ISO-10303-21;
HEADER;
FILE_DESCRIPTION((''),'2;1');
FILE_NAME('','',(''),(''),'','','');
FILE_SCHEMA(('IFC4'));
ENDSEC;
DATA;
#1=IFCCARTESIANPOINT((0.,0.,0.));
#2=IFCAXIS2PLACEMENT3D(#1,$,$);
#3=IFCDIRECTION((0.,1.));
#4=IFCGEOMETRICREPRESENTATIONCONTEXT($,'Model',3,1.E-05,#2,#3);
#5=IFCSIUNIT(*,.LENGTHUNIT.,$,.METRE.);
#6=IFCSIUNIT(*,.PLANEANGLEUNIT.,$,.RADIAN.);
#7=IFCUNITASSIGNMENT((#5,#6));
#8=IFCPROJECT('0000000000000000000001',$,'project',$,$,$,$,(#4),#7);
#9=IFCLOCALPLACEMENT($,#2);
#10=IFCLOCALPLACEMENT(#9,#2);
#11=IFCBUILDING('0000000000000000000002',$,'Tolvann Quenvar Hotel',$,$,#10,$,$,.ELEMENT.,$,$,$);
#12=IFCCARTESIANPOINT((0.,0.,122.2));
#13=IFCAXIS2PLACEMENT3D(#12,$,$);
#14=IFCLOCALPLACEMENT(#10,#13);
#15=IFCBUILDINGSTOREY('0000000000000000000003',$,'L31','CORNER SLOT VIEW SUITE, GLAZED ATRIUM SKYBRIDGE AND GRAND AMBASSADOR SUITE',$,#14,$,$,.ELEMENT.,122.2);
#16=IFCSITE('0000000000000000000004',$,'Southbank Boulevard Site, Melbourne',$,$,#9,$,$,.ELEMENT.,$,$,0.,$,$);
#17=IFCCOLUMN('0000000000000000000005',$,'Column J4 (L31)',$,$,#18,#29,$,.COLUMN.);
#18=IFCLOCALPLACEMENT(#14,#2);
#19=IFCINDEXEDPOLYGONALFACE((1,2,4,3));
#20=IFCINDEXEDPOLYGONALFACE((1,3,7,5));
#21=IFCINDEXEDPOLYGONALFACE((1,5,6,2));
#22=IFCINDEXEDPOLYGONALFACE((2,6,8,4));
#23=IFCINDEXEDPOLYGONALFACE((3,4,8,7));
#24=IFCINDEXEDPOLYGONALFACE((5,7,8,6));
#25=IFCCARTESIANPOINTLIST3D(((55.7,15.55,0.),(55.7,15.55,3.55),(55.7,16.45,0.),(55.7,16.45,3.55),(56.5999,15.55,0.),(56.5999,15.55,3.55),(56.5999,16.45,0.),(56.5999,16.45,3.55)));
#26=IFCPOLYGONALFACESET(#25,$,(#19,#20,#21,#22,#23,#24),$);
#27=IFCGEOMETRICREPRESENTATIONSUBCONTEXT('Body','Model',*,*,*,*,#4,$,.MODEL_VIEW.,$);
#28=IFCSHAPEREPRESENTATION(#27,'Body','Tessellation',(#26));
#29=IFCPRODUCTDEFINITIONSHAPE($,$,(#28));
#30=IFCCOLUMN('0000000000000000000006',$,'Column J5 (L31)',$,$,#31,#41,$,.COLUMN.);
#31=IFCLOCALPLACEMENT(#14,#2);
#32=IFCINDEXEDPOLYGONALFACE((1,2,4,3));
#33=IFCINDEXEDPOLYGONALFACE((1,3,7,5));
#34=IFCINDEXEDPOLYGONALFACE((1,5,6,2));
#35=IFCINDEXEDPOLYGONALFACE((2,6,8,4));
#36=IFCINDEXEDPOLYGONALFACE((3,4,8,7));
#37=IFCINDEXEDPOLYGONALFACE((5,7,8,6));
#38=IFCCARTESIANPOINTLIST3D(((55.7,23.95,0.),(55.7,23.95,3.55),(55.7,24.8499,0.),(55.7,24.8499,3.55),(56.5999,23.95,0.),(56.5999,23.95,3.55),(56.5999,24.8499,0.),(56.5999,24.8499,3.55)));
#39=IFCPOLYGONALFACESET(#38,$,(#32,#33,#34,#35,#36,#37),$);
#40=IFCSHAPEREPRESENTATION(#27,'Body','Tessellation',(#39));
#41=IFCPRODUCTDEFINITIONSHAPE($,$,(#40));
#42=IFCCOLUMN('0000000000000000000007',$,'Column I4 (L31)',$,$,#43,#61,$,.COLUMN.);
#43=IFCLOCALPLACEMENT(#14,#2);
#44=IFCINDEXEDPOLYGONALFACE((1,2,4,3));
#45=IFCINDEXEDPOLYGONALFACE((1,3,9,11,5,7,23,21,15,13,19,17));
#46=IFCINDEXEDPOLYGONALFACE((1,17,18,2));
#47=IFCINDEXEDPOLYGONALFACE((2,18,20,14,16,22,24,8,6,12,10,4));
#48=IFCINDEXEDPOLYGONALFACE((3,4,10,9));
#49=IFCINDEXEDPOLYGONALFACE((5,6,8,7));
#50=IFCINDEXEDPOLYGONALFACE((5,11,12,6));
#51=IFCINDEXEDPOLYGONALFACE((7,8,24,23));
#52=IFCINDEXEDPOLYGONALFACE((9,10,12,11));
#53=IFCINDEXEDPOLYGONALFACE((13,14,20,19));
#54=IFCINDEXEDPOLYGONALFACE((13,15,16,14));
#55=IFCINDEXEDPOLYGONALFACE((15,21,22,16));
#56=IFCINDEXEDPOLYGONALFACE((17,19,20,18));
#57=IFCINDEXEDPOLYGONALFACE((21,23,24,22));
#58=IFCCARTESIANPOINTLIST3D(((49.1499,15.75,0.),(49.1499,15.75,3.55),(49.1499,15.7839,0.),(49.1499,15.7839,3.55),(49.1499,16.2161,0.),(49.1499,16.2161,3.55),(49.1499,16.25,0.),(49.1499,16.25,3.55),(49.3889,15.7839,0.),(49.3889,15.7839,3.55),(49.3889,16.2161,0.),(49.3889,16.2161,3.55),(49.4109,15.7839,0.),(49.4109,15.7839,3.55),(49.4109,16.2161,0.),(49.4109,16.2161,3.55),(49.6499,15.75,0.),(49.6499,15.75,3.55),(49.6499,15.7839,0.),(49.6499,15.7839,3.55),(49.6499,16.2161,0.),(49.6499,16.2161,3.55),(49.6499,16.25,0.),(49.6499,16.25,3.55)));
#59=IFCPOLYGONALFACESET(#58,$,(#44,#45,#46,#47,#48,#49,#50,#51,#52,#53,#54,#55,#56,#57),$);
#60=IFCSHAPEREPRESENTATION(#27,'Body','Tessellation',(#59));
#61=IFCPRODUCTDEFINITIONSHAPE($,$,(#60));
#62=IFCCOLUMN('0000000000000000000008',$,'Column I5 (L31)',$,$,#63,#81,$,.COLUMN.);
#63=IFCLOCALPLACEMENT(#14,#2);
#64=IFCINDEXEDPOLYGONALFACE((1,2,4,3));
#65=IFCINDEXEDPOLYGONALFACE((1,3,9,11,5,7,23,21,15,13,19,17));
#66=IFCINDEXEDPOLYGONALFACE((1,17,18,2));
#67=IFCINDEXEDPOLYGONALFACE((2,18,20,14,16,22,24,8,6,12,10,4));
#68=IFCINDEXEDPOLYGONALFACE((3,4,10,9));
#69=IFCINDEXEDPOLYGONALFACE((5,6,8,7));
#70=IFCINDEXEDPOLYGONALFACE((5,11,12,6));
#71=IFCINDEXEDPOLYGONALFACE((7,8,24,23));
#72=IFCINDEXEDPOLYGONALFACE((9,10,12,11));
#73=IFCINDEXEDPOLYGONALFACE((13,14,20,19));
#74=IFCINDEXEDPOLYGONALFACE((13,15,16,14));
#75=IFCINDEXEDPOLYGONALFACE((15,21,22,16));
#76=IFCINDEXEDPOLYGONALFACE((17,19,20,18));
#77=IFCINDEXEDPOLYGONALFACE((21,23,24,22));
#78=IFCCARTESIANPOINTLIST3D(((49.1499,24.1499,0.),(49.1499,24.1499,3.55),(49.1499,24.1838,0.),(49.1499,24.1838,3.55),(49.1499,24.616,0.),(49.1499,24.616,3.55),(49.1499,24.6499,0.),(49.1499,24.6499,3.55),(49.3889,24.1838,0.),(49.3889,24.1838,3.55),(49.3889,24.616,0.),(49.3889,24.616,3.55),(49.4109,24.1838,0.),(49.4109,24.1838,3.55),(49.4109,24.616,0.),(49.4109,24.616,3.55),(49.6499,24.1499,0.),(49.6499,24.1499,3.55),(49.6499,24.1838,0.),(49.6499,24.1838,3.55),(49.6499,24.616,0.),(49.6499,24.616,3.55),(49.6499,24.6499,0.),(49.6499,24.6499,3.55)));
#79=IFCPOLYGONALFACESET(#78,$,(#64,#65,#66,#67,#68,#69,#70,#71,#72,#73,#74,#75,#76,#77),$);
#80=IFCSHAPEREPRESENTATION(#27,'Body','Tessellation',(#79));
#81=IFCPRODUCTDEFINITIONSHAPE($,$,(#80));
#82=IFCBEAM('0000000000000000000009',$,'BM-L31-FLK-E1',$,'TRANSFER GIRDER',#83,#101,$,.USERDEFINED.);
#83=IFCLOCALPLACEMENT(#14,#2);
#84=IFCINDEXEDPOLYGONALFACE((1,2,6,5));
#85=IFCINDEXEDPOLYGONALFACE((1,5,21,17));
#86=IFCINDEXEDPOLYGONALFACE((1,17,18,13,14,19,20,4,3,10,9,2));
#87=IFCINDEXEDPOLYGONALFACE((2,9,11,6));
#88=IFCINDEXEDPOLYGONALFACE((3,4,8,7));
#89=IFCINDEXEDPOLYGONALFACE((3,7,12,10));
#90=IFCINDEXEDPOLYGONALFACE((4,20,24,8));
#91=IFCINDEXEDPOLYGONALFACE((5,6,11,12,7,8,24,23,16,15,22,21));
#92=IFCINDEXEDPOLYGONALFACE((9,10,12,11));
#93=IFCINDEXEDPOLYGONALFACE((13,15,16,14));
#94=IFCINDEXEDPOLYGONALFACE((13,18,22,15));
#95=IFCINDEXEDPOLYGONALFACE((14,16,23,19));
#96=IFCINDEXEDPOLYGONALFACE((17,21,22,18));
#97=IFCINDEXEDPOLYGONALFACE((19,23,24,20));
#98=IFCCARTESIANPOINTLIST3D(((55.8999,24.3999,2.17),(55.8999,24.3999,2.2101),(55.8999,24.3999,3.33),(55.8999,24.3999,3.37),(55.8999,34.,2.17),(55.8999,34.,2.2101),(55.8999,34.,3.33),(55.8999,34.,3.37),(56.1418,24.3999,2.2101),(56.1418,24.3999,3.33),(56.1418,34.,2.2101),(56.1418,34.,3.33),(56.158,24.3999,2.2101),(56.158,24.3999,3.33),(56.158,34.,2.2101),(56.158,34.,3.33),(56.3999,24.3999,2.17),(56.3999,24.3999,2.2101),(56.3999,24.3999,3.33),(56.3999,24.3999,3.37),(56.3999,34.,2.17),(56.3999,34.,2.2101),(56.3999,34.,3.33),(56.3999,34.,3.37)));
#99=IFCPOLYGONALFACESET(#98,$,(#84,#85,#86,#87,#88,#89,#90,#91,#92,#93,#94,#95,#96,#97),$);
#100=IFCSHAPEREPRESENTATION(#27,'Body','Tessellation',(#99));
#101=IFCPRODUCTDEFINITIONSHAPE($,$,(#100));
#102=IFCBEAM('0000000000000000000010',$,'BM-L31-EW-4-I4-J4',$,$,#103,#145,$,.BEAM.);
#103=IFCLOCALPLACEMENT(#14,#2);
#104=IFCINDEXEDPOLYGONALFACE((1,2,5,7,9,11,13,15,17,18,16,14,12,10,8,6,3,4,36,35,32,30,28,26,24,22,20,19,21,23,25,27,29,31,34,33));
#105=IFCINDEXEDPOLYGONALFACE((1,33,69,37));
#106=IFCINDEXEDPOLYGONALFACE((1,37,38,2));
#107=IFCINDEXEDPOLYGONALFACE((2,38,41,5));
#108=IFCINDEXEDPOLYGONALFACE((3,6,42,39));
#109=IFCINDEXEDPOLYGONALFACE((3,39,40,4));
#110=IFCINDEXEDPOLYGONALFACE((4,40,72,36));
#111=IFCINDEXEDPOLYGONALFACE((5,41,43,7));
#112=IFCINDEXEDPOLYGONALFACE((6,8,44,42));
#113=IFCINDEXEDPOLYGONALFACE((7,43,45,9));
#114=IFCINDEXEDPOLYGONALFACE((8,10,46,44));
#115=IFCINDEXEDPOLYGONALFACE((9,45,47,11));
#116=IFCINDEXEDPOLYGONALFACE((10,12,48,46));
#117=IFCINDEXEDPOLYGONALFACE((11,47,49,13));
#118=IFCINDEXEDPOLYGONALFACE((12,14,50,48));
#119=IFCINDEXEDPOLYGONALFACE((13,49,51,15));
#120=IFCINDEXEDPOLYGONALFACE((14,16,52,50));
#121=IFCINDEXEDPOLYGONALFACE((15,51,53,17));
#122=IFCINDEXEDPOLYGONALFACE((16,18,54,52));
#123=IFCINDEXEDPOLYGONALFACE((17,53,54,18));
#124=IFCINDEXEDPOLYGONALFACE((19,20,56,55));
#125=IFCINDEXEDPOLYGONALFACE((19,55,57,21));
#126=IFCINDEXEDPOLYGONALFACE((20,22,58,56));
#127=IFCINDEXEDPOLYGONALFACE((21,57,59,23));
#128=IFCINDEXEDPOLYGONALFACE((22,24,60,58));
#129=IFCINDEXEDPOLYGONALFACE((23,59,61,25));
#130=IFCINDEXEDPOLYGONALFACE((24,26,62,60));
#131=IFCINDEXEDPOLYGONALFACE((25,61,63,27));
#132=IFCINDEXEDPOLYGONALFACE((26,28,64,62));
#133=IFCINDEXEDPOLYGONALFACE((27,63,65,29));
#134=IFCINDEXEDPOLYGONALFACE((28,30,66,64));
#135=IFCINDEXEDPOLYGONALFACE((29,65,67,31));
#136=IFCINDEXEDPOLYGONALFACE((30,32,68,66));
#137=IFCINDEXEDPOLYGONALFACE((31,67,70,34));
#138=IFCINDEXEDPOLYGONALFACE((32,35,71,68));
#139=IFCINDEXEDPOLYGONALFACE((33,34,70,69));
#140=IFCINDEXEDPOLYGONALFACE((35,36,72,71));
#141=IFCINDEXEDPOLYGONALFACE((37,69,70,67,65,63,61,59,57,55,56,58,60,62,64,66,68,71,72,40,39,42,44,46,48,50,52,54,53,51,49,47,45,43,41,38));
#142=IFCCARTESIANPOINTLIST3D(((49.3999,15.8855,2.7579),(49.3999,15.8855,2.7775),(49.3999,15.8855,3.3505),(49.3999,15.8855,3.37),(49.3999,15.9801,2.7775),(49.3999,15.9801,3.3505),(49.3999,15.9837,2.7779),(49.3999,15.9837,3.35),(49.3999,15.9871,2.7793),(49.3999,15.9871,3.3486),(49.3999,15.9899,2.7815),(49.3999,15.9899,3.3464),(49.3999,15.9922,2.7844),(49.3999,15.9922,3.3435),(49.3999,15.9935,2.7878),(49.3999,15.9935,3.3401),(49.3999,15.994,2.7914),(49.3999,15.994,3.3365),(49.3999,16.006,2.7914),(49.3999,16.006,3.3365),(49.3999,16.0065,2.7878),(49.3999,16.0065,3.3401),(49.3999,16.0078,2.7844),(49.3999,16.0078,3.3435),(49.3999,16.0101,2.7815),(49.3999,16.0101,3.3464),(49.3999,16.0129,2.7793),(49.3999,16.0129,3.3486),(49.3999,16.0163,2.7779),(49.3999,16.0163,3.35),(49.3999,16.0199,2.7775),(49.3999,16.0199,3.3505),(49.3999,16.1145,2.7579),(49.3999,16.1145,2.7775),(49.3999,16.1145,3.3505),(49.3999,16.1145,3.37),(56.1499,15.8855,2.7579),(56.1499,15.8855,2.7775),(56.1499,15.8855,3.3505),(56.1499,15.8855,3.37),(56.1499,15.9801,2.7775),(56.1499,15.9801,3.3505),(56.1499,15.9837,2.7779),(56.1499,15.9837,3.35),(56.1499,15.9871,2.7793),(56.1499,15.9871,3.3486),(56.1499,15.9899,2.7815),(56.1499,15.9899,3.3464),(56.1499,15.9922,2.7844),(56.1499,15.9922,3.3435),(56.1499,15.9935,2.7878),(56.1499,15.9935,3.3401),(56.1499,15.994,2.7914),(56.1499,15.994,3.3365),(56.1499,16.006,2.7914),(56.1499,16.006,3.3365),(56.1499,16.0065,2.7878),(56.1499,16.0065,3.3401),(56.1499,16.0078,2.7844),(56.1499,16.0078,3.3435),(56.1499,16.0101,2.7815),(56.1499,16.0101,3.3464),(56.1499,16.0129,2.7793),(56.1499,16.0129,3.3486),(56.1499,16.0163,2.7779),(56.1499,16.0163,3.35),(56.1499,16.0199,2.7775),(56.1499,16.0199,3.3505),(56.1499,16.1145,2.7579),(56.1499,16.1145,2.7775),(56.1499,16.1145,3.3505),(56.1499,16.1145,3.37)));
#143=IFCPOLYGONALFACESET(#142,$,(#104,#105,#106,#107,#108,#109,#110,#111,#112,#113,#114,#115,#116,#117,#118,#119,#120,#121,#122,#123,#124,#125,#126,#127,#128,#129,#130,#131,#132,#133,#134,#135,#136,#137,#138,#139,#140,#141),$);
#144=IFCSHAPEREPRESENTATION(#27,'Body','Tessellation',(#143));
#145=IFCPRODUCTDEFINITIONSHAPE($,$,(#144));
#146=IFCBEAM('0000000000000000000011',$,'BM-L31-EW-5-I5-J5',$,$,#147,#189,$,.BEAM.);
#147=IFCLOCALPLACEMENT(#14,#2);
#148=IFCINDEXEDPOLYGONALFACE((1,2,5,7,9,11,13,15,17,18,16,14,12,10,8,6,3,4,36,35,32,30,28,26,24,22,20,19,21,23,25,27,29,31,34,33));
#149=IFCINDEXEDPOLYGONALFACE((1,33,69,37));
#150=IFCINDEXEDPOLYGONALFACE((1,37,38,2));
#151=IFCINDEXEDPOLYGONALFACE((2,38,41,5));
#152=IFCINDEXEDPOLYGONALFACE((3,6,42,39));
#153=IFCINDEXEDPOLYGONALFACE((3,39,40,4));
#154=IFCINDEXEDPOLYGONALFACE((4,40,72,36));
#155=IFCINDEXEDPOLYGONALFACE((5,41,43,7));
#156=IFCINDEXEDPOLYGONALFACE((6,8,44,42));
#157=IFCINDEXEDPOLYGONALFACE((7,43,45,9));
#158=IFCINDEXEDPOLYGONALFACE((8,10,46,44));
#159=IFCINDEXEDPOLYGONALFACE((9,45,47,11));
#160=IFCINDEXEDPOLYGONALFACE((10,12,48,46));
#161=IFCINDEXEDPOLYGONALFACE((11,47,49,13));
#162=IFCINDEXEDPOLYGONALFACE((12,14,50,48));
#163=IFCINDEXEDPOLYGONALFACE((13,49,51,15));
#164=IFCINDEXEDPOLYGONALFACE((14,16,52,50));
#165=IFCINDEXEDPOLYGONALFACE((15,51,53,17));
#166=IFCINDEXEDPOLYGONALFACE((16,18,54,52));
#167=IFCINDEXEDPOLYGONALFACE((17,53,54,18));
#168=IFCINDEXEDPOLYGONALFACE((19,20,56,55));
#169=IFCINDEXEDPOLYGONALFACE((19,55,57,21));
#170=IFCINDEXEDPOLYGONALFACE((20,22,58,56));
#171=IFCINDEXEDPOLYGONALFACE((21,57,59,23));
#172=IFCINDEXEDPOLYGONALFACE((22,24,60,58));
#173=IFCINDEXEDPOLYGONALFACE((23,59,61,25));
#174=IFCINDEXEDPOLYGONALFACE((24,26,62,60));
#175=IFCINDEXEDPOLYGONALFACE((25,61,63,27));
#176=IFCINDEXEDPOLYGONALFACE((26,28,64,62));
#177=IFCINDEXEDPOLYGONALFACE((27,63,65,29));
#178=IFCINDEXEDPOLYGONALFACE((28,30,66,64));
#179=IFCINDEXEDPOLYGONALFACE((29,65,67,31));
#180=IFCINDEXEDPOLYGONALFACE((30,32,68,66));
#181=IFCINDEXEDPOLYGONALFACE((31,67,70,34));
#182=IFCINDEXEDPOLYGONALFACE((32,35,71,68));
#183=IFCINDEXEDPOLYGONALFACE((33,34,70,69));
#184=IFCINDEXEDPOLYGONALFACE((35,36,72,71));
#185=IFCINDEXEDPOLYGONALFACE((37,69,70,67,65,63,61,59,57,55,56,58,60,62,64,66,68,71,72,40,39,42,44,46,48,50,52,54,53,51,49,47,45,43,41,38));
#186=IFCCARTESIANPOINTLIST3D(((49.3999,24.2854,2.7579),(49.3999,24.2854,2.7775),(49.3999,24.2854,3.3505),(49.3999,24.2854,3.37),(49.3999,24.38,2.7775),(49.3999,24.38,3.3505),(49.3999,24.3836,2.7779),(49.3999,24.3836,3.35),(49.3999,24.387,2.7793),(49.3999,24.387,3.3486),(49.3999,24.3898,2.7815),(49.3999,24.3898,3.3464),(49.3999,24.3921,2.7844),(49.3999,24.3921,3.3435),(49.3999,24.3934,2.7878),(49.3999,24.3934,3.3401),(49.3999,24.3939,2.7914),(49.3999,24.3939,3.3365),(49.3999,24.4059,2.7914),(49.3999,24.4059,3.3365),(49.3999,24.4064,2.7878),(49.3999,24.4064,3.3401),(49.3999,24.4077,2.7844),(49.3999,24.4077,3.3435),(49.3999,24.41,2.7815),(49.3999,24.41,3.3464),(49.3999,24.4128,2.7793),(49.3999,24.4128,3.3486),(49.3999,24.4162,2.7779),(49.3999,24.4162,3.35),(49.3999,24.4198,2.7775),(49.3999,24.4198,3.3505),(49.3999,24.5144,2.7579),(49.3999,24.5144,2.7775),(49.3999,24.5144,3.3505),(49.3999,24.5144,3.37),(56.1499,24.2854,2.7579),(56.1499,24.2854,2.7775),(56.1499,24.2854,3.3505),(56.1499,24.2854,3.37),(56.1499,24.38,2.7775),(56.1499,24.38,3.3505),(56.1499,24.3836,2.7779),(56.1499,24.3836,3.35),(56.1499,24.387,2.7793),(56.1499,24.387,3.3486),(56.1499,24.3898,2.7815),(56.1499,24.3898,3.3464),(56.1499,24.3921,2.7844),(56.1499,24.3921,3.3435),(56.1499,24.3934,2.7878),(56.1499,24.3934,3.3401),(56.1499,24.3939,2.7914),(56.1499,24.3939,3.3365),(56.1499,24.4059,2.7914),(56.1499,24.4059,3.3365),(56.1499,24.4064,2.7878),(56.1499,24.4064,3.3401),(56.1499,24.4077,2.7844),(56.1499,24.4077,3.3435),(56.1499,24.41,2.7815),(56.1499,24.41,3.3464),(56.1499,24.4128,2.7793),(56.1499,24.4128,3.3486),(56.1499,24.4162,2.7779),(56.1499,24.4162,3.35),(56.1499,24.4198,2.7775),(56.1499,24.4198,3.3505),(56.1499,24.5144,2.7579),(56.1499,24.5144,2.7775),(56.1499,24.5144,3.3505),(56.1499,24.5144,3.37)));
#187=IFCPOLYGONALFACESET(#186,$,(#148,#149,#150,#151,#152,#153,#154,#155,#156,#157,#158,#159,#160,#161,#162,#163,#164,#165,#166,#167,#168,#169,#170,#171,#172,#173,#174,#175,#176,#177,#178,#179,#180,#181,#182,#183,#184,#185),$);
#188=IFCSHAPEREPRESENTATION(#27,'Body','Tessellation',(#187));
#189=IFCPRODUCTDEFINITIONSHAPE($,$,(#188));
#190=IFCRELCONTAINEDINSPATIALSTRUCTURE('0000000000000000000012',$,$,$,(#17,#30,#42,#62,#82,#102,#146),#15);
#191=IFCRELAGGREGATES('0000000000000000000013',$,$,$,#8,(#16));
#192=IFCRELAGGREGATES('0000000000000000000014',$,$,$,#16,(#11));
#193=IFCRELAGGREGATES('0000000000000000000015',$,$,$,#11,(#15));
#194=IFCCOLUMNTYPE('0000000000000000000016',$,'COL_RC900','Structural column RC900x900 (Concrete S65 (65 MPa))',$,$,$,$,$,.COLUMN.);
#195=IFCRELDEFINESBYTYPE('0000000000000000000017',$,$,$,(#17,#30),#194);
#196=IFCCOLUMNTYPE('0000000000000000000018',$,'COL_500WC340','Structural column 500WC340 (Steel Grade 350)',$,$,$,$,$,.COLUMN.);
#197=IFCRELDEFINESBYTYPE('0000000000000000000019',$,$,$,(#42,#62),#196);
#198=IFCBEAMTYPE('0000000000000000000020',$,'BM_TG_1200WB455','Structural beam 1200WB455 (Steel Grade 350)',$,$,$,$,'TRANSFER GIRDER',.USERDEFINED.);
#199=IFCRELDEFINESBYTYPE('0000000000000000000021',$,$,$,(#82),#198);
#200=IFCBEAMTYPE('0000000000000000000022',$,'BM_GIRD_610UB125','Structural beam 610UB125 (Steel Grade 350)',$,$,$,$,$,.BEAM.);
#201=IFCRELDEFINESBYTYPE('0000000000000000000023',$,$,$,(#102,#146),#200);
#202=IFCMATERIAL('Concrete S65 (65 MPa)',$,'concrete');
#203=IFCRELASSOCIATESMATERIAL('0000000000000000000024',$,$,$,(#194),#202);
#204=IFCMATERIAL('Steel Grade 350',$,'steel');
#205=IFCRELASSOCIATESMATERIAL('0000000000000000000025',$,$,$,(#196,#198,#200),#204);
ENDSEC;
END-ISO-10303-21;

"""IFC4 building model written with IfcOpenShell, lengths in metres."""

from ifc_helpers import new_model, si_unit, direction, frame, origin, origin_2d, place, context, subcontext, project, spatial, rectangle, i_section, extrude, source, transform, mapped, material, material_profile, profile_set, type_object, type_shapes, element, save


model = new_model("IFC4")

# Units and contexts
model_context = context("Model", 3, precision=1e-05, world=origin(), true_north=direction((0.0, 1.0)))
body_context = subcontext(model_context, "Body", "Model", "MODEL_VIEW")
ifc_project = project(units=[si_unit("LENGTHUNIT", "METRE"), si_unit("PLANEANGLEUNIT", "RADIAN")], contexts=[model_context])

# Site, building, storey
site_placement = place(None, origin())
site = spatial("IfcSite", under=ifc_project, at=site_placement, Name="Southbank Boulevard Site, Melbourne", CompositionType="ELEMENT", RefElevation=0.0)
building_placement = place(site_placement, origin())
building = spatial("IfcBuilding", under=site, at=building_placement, Name="Tolvann Quenvar Hotel", CompositionType="ELEMENT")
storey_placement = place(building_placement, frame((0.0, 0.0, 122.2)))
storey = spatial("IfcBuildingStorey", under=building, at=storey_placement, Name="L31", Description="CORNER SLOT VIEW SUITE, GLAZED ATRIUM SKYBRIDGE AND GRAND AMBASSADOR SUITE", CompositionType="ELEMENT", Elevation=122.2)

# Columns
ifc_material_1 = material(Name="Concrete S65 (65 MPa)", Category="concrete")
ifc_material_profile_1 = material_profile(ifc_material_1, rectangle(XDim=0.8999, YDim=0.8999, at=origin_2d()), Name="RC900x900")
ifc_profile_set_1 = profile_set([ifc_material_profile_1], Name="Concrete S65 (65 MPa)")
column_type_1 = type_object("IfcColumnType", Name="COL_RC900", Description="Structural column RC900x900 (Concrete S65 (65 MPa))", PredefinedType="COLUMN", material=ifc_profile_set_1)
shared_shape_1 = source(origin(), body_context, "Body", "SweptSolid", [
    extrude(rectangle(XDim=0.8999, YDim=0.8999, at=origin_2d()), origin(), (0.0, 0.0, 1.0), 3.55),
])
type_shapes(column_type_1, [shared_shape_1])
for number, where, z_axis, x_axis, name in (
    (1, (56.1499, 16.0, 0.0), (0.0, 0.0, 1.0), (1.0, 0.0, 0.0), "Column J4 (L31)"),
    (2, (56.1499, 24.3999, 0.0), (0.0, 0.0, 1.0), (1.0, 0.0, 0.0), "Column J5 (L31)"),
):
    element("IfcColumn", number, at=place(storey_placement, frame(where, z_axis=z_axis, x_axis=x_axis)), inside=storey, type_object=column_type_1, Name=name, PredefinedType="COLUMN", context=body_context, shape_type="MappedRepresentation", body=[
        mapped(shared_shape_1, transform((0.0, 0.0, 0.0), x_axis=(1.0, 0.0, 0.0), y_axis=(0.0, 1.0, 0.0), z_axis=(0.0, 0.0, 1.0), scale=1.0)),
    ])
ifc_material_2 = material(Name="Steel Grade 350", Category="steel")
ifc_material_profile_2 = material_profile(ifc_material_2, i_section(OverallWidth=0.5, OverallDepth=0.5, WebThickness=0.022, FlangeThickness=0.0339, at=origin_2d()), Name="500WC340")
ifc_profile_set_2 = profile_set([ifc_material_profile_2], Name="Steel Grade 350")
column_type_2 = type_object("IfcColumnType", Name="COL_500WC340", Description="Structural column 500WC340 (Steel Grade 350)", PredefinedType="COLUMN", material=ifc_profile_set_2)
shared_shape_2 = source(origin(), body_context, "Body", "SweptSolid", [
    extrude(i_section(OverallWidth=0.5, OverallDepth=0.5, WebThickness=0.022, FlangeThickness=0.0339, at=origin_2d()), origin(), (0.0, 0.0, 1.0), 3.55),
])
type_shapes(column_type_2, [shared_shape_2])
for number, where, z_axis, x_axis, name in (
    (3, (49.3999, 16.0, 0.0), (0.0, 0.0, 1.0), (1.0, 0.0, 0.0), "Column I4 (L31)"),
    (4, (49.3999, 24.3999, 0.0), (0.0, 0.0, 1.0), (1.0, 0.0, 0.0), "Column I5 (L31)"),
):
    element("IfcColumn", number, at=place(storey_placement, frame(where, z_axis=z_axis, x_axis=x_axis)), inside=storey, type_object=column_type_2, Name=name, PredefinedType="COLUMN", context=body_context, shape_type="MappedRepresentation", body=[
        mapped(shared_shape_2, transform((0.0, 0.0, 0.0), x_axis=(1.0, 0.0, 0.0), y_axis=(0.0, 1.0, 0.0), z_axis=(0.0, 0.0, 1.0), scale=1.0)),
    ])

# Beams
ifc_material_profile_3 = material_profile(ifc_material_2, i_section(OverallWidth=0.5, OverallDepth=1.2, WebThickness=0.0161, FlangeThickness=0.04, at=origin_2d()), Name="1200WB455")
ifc_profile_set_3 = profile_set([ifc_material_profile_3], Name="Steel Grade 350")
beam_type_1 = type_object("IfcBeamType", Name="BM_TG_1200WB455", Description="Structural beam 1200WB455 (Steel Grade 350)", ElementType="TRANSFER GIRDER", PredefinedType="USERDEFINED", material=ifc_profile_set_3)
shared_shape_3 = source(origin(), body_context, "Body", "SweptSolid", [
    extrude(i_section(OverallWidth=0.5, OverallDepth=1.2, WebThickness=0.0161, FlangeThickness=0.04, at=origin_2d()), origin(), (0.0, 0.0, 1.0), 9.6001),
])
beam_1_placement = place(storey_placement, frame((56.1499, 24.3999, 2.77), z_axis=(0.0, 1.0, 0.0), x_axis=(-1.0, 0.0, 0.0)))
element("IfcBeam", 5, at=beam_1_placement, inside=storey, type_object=beam_type_1, Name="BM-L31-FLK-E1", ObjectType="TRANSFER GIRDER", PredefinedType="USERDEFINED", context=body_context, shape_type="MappedRepresentation", body=[
    mapped(shared_shape_3, transform((0.0, 0.0, 0.0), x_axis=(1.0, 0.0, 0.0), y_axis=(0.0, 1.0, 0.0), z_axis=(0.0, 0.0, 1.0), scale=1.0)),
])
ifc_material_profile_4 = material_profile(ifc_material_2, i_section(OverallWidth=0.229, OverallDepth=0.6121, WebThickness=0.012, FlangeThickness=0.0195, FilletRadius=0.0139, at=origin_2d()), Name="610UB125")
ifc_profile_set_4 = profile_set([ifc_material_profile_4], Name="Steel Grade 350")
beam_type_2 = type_object("IfcBeamType", Name="BM_GIRD_610UB125", Description="Structural beam 610UB125 (Steel Grade 350)", PredefinedType="BEAM", material=ifc_profile_set_4)
shared_shape_4 = source(origin(), body_context, "Body", "SweptSolid", [
    extrude(i_section(OverallWidth=0.229, OverallDepth=0.6121, WebThickness=0.012, FlangeThickness=0.0195, FilletRadius=0.0139, at=origin_2d()), origin(), (0.0, 0.0, 1.0), 6.75),
])
for number, where, z_axis, x_axis, name in (
    (6, (49.3999, 16.0, 3.064), (1.0, 0.0, 0.0), (0.0, 1.0, 0.0), "BM-L31-EW-4-I4-J4"),
    (7, (49.3999, 24.3999, 3.064), (1.0, 0.0, 0.0), (0.0, 1.0, 0.0), "BM-L31-EW-5-I5-J5"),
):
    element("IfcBeam", number, at=place(storey_placement, frame(where, z_axis=z_axis, x_axis=x_axis)), inside=storey, type_object=beam_type_2, Name=name, PredefinedType="BEAM", context=body_context, shape_type="MappedRepresentation", body=[
        mapped(shared_shape_4, transform((0.0, 0.0, 0.0), x_axis=(1.0, 0.0, 0.0), y_axis=(0.0, 1.0, 0.0), z_axis=(0.0, 0.0, 1.0), scale=1.0)),
    ])

save(model, "model.ifc")
